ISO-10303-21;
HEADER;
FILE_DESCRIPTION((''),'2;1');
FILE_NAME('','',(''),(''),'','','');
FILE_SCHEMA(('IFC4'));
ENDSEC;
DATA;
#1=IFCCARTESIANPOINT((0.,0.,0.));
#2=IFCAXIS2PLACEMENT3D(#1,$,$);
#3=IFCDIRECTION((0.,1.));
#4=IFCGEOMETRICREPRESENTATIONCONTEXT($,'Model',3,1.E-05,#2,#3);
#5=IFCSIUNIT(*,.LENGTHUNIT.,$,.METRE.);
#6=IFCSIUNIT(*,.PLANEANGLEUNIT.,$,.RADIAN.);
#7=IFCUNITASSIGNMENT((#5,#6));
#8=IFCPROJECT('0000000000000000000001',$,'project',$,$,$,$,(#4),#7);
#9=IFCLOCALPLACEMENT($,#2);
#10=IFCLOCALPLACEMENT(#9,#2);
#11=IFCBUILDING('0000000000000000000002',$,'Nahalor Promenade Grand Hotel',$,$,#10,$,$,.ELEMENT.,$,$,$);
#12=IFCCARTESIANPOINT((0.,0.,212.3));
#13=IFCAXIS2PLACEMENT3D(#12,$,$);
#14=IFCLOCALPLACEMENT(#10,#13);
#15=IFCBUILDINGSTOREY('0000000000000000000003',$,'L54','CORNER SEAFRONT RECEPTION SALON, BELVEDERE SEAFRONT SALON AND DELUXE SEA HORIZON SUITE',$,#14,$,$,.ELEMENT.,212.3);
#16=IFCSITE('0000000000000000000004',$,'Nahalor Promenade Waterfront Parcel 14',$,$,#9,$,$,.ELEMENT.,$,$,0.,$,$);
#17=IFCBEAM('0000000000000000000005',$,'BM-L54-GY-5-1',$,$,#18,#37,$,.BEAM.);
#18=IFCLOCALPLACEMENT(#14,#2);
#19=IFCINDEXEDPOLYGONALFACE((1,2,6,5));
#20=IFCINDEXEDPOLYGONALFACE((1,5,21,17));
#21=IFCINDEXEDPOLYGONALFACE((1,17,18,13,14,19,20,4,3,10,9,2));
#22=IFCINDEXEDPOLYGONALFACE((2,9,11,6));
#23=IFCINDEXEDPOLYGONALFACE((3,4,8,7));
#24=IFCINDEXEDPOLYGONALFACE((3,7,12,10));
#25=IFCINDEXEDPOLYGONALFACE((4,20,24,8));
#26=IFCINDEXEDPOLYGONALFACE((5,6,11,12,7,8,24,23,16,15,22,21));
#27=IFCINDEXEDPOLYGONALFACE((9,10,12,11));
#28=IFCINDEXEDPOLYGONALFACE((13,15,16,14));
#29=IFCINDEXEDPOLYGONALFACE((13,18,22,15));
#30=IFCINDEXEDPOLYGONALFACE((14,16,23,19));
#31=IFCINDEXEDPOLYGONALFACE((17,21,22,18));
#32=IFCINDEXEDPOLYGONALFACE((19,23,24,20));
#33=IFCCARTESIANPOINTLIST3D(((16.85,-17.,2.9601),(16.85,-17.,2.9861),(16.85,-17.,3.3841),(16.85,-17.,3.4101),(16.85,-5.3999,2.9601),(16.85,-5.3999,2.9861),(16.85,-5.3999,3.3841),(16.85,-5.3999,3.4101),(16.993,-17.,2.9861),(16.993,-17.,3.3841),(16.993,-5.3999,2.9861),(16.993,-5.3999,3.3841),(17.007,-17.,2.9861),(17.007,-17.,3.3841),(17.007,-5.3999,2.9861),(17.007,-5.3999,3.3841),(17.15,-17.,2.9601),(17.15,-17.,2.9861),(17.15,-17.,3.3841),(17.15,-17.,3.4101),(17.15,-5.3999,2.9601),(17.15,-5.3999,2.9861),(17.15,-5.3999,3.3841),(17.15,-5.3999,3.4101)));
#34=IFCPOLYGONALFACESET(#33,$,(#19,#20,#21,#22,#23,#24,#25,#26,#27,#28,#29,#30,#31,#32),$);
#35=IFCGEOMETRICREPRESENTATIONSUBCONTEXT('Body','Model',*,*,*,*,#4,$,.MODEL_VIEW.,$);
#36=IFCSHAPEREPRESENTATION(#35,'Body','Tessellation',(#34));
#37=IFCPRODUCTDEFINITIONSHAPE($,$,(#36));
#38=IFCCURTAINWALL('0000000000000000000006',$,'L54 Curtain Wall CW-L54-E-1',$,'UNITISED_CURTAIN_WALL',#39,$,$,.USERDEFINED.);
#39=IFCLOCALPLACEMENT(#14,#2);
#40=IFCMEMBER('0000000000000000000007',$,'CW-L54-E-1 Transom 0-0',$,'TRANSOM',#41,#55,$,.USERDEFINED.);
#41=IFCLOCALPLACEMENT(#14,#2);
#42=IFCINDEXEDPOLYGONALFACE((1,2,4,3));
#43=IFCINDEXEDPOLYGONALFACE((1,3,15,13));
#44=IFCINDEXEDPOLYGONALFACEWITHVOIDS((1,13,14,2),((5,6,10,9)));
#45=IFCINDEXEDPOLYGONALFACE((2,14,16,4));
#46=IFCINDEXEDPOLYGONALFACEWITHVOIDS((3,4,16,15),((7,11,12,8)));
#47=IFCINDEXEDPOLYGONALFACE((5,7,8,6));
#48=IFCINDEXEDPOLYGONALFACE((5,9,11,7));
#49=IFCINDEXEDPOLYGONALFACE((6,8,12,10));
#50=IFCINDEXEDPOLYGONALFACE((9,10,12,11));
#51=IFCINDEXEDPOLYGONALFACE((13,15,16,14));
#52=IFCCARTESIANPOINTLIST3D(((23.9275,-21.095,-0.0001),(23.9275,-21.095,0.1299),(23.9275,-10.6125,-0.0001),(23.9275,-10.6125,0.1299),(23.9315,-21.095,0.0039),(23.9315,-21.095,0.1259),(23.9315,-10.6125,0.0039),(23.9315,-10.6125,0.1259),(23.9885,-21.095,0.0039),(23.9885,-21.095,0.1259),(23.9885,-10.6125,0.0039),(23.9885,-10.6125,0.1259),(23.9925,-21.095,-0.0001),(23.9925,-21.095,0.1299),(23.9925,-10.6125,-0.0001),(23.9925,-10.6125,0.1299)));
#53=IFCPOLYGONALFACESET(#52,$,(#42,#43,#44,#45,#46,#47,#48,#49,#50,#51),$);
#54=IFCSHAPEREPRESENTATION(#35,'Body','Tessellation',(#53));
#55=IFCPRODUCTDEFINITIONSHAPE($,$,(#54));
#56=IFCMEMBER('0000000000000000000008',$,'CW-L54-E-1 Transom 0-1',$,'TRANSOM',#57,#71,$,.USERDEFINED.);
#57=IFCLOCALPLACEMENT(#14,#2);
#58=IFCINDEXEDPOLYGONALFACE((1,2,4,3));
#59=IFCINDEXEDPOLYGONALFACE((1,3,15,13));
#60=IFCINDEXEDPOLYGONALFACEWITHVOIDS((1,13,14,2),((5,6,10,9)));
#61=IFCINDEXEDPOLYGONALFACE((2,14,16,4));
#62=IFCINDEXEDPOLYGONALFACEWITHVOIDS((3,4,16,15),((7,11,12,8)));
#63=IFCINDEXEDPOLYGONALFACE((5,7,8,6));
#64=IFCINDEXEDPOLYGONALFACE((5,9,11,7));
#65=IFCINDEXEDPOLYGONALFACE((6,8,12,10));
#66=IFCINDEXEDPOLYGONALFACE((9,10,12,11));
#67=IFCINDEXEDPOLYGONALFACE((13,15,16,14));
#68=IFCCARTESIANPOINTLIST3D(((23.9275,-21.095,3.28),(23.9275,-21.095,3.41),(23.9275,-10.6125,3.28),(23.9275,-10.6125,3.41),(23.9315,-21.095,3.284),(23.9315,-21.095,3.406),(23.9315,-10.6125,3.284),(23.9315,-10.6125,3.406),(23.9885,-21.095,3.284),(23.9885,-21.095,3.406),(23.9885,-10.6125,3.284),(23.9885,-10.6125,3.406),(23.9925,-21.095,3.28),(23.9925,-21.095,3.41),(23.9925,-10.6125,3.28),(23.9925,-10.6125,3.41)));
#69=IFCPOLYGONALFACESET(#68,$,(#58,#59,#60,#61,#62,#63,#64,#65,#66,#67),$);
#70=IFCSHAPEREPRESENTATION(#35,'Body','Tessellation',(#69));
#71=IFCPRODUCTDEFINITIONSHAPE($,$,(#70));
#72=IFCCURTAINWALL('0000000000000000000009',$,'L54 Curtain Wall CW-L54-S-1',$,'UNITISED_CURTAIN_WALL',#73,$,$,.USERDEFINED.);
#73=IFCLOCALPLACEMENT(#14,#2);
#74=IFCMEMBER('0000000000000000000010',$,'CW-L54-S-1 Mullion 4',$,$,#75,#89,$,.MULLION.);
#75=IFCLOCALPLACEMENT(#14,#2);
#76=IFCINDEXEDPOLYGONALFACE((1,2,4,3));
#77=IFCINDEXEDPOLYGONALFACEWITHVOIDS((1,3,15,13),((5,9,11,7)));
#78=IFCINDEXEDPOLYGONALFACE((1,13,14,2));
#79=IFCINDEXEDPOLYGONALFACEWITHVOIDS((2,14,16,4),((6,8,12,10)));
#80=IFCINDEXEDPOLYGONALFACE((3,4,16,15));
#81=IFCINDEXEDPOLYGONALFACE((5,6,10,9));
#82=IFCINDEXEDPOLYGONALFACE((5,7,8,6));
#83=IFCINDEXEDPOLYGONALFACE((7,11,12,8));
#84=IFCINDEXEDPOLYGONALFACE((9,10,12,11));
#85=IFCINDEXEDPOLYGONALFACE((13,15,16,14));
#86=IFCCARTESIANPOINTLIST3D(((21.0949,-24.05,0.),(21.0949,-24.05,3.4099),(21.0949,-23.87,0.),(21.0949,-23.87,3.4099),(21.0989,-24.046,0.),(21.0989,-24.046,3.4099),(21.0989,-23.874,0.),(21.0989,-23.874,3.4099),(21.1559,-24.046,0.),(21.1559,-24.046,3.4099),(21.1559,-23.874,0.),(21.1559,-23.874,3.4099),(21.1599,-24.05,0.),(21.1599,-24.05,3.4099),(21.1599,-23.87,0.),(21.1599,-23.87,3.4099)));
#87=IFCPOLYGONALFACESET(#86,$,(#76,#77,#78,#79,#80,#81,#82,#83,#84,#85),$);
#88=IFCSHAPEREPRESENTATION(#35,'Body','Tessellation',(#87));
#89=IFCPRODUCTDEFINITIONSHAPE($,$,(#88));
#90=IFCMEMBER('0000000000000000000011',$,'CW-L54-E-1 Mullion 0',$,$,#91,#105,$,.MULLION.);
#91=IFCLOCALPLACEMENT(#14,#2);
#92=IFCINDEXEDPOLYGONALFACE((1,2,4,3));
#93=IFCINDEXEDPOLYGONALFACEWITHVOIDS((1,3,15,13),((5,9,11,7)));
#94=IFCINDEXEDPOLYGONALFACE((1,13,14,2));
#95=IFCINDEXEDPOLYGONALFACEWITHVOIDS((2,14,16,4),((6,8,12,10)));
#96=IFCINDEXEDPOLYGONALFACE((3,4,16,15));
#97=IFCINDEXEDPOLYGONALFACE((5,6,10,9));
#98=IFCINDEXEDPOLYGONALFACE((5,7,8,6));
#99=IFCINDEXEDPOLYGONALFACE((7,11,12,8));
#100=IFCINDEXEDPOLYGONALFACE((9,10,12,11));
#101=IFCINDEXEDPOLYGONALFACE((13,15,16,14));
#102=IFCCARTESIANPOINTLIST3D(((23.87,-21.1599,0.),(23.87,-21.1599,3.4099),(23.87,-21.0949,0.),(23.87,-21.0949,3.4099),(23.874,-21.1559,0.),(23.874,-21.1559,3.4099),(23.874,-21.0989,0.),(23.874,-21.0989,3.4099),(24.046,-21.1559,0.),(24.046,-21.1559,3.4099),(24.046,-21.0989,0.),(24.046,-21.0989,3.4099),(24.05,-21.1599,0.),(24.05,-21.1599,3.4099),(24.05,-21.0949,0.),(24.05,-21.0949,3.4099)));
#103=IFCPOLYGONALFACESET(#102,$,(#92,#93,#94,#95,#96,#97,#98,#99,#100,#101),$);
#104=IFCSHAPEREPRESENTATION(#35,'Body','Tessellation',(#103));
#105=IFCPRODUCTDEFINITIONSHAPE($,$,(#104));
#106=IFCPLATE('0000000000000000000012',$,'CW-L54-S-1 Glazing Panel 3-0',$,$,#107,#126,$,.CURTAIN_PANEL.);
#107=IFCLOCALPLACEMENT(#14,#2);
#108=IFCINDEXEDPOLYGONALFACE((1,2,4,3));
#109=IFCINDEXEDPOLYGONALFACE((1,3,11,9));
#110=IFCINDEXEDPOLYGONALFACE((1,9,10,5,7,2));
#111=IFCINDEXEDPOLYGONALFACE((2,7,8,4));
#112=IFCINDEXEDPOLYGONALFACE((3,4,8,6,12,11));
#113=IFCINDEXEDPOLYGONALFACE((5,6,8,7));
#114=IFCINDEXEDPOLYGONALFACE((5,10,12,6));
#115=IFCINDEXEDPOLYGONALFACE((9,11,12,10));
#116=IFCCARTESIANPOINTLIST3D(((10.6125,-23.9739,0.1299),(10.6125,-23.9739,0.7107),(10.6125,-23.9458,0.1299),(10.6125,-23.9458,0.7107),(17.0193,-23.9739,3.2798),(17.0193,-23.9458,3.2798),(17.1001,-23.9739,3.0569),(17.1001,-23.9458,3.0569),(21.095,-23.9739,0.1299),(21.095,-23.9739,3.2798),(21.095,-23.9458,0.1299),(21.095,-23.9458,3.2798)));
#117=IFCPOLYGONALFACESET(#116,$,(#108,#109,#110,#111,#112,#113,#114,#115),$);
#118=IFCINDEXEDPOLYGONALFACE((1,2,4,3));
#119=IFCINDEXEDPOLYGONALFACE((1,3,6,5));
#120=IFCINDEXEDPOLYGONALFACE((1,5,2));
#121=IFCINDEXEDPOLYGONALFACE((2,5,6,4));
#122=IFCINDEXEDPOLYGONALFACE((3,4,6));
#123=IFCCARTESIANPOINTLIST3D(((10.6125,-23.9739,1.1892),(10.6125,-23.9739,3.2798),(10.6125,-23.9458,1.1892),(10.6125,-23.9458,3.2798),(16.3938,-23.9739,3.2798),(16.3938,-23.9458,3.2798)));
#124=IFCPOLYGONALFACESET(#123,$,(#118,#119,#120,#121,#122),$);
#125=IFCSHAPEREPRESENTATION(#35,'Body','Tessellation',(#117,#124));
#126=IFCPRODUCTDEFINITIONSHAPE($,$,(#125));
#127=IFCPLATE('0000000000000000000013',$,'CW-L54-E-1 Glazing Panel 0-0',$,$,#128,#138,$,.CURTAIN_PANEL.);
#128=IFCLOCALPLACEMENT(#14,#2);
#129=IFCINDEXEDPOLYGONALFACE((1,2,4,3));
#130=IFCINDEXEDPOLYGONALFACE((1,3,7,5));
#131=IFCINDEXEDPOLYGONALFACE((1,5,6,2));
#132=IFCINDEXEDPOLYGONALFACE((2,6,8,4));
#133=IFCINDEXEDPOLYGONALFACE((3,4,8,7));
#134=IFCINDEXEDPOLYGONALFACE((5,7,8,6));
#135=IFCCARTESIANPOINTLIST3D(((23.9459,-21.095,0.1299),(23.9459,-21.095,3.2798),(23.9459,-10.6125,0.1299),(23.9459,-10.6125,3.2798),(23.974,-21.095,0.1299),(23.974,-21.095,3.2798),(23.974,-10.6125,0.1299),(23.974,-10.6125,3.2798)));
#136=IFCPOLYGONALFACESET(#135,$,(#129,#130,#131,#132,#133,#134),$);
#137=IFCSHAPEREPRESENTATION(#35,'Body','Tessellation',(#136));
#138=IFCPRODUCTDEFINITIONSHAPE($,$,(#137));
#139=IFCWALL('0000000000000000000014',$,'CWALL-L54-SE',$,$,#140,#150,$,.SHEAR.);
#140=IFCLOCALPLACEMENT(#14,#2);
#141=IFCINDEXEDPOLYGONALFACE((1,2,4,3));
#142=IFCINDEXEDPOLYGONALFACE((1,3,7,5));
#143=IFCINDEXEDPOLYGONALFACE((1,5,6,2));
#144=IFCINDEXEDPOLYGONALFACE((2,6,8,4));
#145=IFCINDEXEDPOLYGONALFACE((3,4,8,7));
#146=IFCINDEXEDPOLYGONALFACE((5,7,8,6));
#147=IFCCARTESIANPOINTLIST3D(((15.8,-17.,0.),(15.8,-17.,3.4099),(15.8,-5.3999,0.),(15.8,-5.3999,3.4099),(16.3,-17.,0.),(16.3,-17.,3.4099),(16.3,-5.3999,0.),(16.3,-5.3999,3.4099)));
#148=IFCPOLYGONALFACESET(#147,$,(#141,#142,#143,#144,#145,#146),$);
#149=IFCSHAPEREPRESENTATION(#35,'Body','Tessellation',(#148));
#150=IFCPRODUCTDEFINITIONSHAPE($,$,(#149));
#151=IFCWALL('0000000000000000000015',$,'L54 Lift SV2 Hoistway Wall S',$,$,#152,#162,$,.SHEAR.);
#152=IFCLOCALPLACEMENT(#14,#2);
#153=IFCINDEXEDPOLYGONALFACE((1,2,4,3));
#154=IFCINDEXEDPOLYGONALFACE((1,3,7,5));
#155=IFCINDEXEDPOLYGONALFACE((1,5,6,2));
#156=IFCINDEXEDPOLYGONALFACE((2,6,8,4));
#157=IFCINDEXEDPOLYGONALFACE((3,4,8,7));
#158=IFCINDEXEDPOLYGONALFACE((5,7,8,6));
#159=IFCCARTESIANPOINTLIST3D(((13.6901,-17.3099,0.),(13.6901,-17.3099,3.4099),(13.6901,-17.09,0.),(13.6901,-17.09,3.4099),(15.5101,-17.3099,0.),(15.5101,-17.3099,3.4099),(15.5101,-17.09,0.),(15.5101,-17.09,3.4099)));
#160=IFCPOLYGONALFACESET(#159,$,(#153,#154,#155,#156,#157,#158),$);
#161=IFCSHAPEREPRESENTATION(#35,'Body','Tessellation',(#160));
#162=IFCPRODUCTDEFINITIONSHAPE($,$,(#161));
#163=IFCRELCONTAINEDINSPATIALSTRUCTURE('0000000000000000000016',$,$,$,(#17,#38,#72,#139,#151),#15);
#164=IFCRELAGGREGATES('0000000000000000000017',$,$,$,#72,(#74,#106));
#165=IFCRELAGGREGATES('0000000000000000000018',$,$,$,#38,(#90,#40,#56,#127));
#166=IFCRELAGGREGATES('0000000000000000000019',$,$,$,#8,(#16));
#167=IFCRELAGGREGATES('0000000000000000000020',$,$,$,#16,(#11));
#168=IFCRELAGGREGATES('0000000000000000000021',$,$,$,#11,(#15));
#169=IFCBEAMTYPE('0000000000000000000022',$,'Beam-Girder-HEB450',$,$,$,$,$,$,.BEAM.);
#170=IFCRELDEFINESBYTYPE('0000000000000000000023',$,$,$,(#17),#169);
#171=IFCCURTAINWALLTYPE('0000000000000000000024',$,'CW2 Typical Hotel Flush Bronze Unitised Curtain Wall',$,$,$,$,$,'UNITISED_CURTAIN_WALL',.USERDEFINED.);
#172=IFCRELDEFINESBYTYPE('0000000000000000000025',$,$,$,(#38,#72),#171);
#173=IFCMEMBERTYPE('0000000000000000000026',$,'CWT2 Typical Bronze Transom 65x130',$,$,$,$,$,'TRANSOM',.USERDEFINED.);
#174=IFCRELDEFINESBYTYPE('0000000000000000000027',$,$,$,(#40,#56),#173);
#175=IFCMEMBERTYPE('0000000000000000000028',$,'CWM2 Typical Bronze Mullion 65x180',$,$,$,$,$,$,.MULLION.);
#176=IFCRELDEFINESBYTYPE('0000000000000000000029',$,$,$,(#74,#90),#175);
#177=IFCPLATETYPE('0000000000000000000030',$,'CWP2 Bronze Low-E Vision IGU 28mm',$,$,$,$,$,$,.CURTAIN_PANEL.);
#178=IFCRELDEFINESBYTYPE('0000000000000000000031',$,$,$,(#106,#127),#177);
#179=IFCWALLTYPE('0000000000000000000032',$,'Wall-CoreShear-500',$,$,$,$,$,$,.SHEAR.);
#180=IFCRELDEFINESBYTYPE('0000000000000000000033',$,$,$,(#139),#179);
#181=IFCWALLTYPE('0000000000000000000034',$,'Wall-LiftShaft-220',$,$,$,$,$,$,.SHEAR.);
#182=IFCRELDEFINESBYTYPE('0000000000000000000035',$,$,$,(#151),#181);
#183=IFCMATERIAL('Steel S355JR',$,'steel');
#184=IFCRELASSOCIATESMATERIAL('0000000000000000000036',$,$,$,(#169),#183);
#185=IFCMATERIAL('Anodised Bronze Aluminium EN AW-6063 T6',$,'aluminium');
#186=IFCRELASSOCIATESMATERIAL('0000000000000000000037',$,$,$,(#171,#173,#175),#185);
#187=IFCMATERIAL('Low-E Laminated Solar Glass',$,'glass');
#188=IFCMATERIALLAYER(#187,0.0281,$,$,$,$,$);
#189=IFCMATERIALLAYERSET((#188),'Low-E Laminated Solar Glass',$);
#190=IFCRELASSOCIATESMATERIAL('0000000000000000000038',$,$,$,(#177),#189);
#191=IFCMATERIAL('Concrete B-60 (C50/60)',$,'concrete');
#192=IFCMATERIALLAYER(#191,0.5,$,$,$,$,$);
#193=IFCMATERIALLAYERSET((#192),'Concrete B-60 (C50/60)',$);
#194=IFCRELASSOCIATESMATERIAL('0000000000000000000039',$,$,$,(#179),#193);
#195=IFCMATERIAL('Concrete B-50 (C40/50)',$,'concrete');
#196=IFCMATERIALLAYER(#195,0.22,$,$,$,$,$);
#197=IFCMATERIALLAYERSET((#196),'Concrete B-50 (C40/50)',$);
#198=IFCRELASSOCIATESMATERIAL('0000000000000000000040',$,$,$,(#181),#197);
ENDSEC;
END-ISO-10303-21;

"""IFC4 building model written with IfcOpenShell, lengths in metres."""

from ifc_helpers import new_model, si_unit, direction, frame, frame_2d, origin, origin_2d, place, context, subcontext, project, spatial, polyline, rectangle, hollow_rectangle, i_section, outline, extrude, source, transform, mapped, material, layer, layer_set, material_profile, profile_set, type_object, element, aggregate, save


model = new_model("IFC4")

# Units and contexts
model_context = context("Model", 3, precision=1e-05, world=origin(), true_north=direction((0.0, 1.0)))
body_context = subcontext(model_context, "Body", "Model", "MODEL_VIEW")
ifc_project = project(units=[si_unit("LENGTHUNIT", "METRE"), si_unit("PLANEANGLEUNIT", "RADIAN")], contexts=[model_context])

# Site, building, storey
site_placement = place(None, origin())
site = spatial("IfcSite", under=ifc_project, at=site_placement, Name="Nahalor Promenade Waterfront Parcel 14", CompositionType="ELEMENT", RefElevation=0.0)
building_placement = place(site_placement, origin())
building = spatial("IfcBuilding", under=site, at=building_placement, Name="Nahalor Promenade Grand Hotel", CompositionType="ELEMENT")
storey_placement = place(building_placement, frame((0.0, 0.0, 212.3)))
storey = spatial("IfcBuildingStorey", under=building, at=storey_placement, Name="L54", Description="CORNER SEAFRONT RECEPTION SALON, BELVEDERE SEAFRONT SALON AND DELUXE SEA HORIZON SUITE", CompositionType="ELEMENT", Elevation=212.3)

# Shared definitions
ifc_material_1 = material(Name="Concrete B-60 (C50/60)", Category="concrete")
ifc_material_2 = material(Name="Steel S355JR", Category="steel")

# Beam
ifc_material_profile_1 = material_profile(ifc_material_2, i_section(OverallWidth=0.3, OverallDepth=0.45, WebThickness=0.014, FlangeThickness=0.026, at=origin_2d()), Name="HEB 450")
ifc_profile_set_1 = profile_set([ifc_material_profile_1], Name="Steel S355JR")
beam_type_1 = type_object("IfcBeamType", Name="Beam-Girder-HEB450", PredefinedType="BEAM", material=ifc_profile_set_1)
shared_shape_1 = source(origin(), body_context, "Body", "SweptSolid", [
    extrude(i_section(OverallWidth=0.3, OverallDepth=0.45, WebThickness=0.014, FlangeThickness=0.026, at=origin_2d()), origin(), (0.0, 0.0, 1.0), 11.6001),
])
beam_1_placement = place(storey_placement, frame((17.0, -17.0, 3.1851), z_axis=(0.0, 1.0, 0.0), x_axis=(-1.0, 0.0, 0.0)))
element("IfcBeam", 1, at=beam_1_placement, inside=storey, type_object=beam_type_1, Name="BM-L54-GY-5-1", PredefinedType="BEAM", context=body_context, shape_type="MappedRepresentation", body=[
    mapped(shared_shape_1, transform((0.0, 0.0, 0.0), scale=1.0)),
])

# Curtain wall, members
ifc_material_3 = material(Name="Anodised Bronze Aluminium EN AW-6063 T6", Category="aluminium")
curtain_wall_type = type_object("IfcCurtainWallType", Name="CW2 Typical Hotel Flush Bronze Unitised Curtain Wall", ElementType="UNITISED_CURTAIN_WALL", PredefinedType="USERDEFINED", material=ifc_material_3)
curtain_wall_1_placement = place(storey_placement, origin())
curtain_wall_1 = element("IfcCurtainWall", 2, at=curtain_wall_1_placement, inside=storey, type_object=curtain_wall_type, Name="L54 Curtain Wall CW-L54-E-1", ObjectType="UNITISED_CURTAIN_WALL", PredefinedType="USERDEFINED")
ifc_material_profile_2 = material_profile(ifc_material_3, hollow_rectangle(XDim=0.065, YDim=0.13, WallThickness=0.004, at=origin_2d()), Name="CWT 65x130x4")
ifc_profile_set_2 = profile_set([ifc_material_profile_2], Name="Anodised Bronze Aluminium EN AW-6063 T6")
member_type_1 = type_object("IfcMemberType", Name="CWT2 Typical Bronze Transom 65x130", ElementType="TRANSOM", PredefinedType="USERDEFINED", material=ifc_profile_set_2)
shared_shape_2 = source(origin(), body_context, "Body", "SweptSolid", [
    extrude(hollow_rectangle(XDim=0.065, YDim=0.13, WallThickness=0.004, at=origin_2d()), origin(), (0.0, 0.0, 1.0), 10.4824),
])
member_1_placement = place(storey_placement, frame((23.96, -21.095, 0.0649), z_axis=(0.0, 1.0, 0.0), x_axis=(-1.0, 0.0, 0.0)))
member_1 = element("IfcMember", 3, at=member_1_placement, type_object=member_type_1, Name="CW-L54-E-1 Transom 0-0", ObjectType="TRANSOM", PredefinedType="USERDEFINED", context=body_context, shape_type="MappedRepresentation", body=[
    mapped(shared_shape_2, transform((0.0, 0.0, 0.0), scale=1.0)),
])
member_2_placement = place(storey_placement, frame((23.96, -21.095, 3.345), z_axis=(0.0, 1.0, 0.0), x_axis=(-1.0, 0.0, 0.0)))
member_2 = element("IfcMember", 4, at=member_2_placement, type_object=member_type_1, Name="CW-L54-E-1 Transom 0-1", ObjectType="TRANSOM", PredefinedType="USERDEFINED", context=body_context, shape_type="MappedRepresentation", body=[
    mapped(shared_shape_2, transform((0.0, 0.0, 0.0), scale=1.0)),
])

# Curtain wall, member
curtain_wall_2_placement = place(storey_placement, origin())
curtain_wall_2 = element("IfcCurtainWall", 5, at=curtain_wall_2_placement, inside=storey, type_object=curtain_wall_type, Name="L54 Curtain Wall CW-L54-S-1", ObjectType="UNITISED_CURTAIN_WALL", PredefinedType="USERDEFINED")
ifc_material_profile_3 = material_profile(ifc_material_3, hollow_rectangle(XDim=0.065, YDim=0.18, WallThickness=0.004, at=origin_2d()), Name="CWM 65x180x4")
ifc_profile_set_3 = profile_set([ifc_material_profile_3], Name="Anodised Bronze Aluminium EN AW-6063 T6")
member_type_2 = type_object("IfcMemberType", Name="CWM2 Typical Bronze Mullion 65x180", PredefinedType="MULLION", material=ifc_profile_set_3)
shared_shape_3 = source(origin(), body_context, "Body", "SweptSolid", [
    extrude(hollow_rectangle(XDim=0.065, YDim=0.18, WallThickness=0.004, at=origin_2d()), origin(), (0.0, 0.0, 1.0), 3.4099),
])
member_3_placement = place(storey_placement, frame((21.1274, -23.96, 0.0), z_axis=(0.0, 0.0, 1.0), x_axis=(1.0, 0.0, 0.0)))
member_3 = element("IfcMember", 6, at=member_3_placement, type_object=member_type_2, Name="CW-L54-S-1 Mullion 4", PredefinedType="MULLION", context=body_context, shape_type="MappedRepresentation", body=[
    mapped(shared_shape_3, transform((0.0, 0.0, 0.0), scale=1.0)),
])

# Member
member_4_placement = place(storey_placement, frame((23.96, -21.1274, 0.0), z_axis=(0.0, 0.0, 1.0), x_axis=(0.0, 1.0, 0.0)))
member_4 = element("IfcMember", 7, at=member_4_placement, type_object=member_type_2, Name="CW-L54-E-1 Mullion 0", PredefinedType="MULLION", context=body_context, shape_type="MappedRepresentation", body=[
    mapped(shared_shape_3, transform((0.0, 0.0, 0.0), scale=1.0)),
])

# Plates
ifc_material_4 = material(Name="Low-E Laminated Solar Glass", Category="glass")
ifc_layer_1 = layer(ifc_material_4, 0.0281)
ifc_layer_set_1 = layer_set([ifc_layer_1], Name="Low-E Laminated Solar Glass")
plate_type = type_object("IfcPlateType", Name="CWP2 Bronze Low-E Vision IGU 28mm", PredefinedType="CURTAIN_PANEL", material=ifc_layer_set_1)
plate_1_placement = place(storey_placement, frame((15.8538, -23.96, 0.1299), z_axis=(0.0, 0.0, 1.0), x_axis=(1.0, 0.0, 0.0)))
plate_1 = element("IfcPlate", 8, at=plate_1_placement, type_object=plate_type, Name="CW-L54-S-1 Glazing Panel 3-0", PredefinedType="CURTAIN_PANEL", context=body_context, shape_type="SweptSolid", body=[
    extrude(outline(polyline([(5.2412, 0.0), (5.2412, 3.1499), (1.1655, 3.1499), (1.2463, 2.927), (-5.2412, 0.5808), (-5.2412, 0.0), (5.2412, 0.0)])), frame((0.0, 0.0142, 0.0), z_axis=(0.0, -1.0, 0.0), x_axis=(1.0, 0.0, 0.0)), (0.0, 0.0, 1.0), 0.0281),
    extrude(outline(polyline([(0.54, 3.1499), (-5.2412, 3.1499), (-5.2412, 1.0593), (0.54, 3.1499)])), frame((0.0, 0.0142, 0.0), z_axis=(0.0, -1.0, 0.0), x_axis=(1.0, 0.0, 0.0)), (0.0, 0.0, 1.0), 0.0281),
])
aggregate(curtain_wall_2, [member_3, plate_1])
shared_shape_4 = source(origin(), body_context, "Body", "SweptSolid", [
    extrude(rectangle(XDim=10.4824, YDim=0.0281, at=origin_2d()), origin(), (0.0, 0.0, 1.0), 3.1499),
])
plate_2_placement = place(storey_placement, frame((23.96, -15.8538, 0.1299), z_axis=(0.0, 0.0, 1.0), x_axis=(0.0, 1.0, 0.0)))
plate_2 = element("IfcPlate", 9, at=plate_2_placement, type_object=plate_type, Name="CW-L54-E-1 Glazing Panel 0-0", PredefinedType="CURTAIN_PANEL", context=body_context, shape_type="MappedRepresentation", body=[
    mapped(shared_shape_4, transform((0.0, 0.0, 0.0), scale=1.0)),
])
aggregate(curtain_wall_1, [member_4, member_1, member_2, plate_2])

# Walls
ifc_layer_2 = layer(ifc_material_1, 0.5)
ifc_layer_set_2 = layer_set([ifc_layer_2], Name="Concrete B-60 (C50/60)")
wall_type_1 = type_object("IfcWallType", Name="Wall-CoreShear-500", PredefinedType="SHEAR", material=ifc_layer_set_2)
shared_shape_5 = source(origin(), body_context, "Body", "SweptSolid", [
    extrude(rectangle(XDim=11.6001, YDim=0.5, at=frame_2d((5.8, 0.0))), origin(), (0.0, 0.0, 1.0), 3.4099),
])
wall_1_placement = place(storey_placement, frame((16.05, -17.0, 0.0), z_axis=(0.0, 0.0, 1.0), x_axis=(0.0, 1.0, 0.0)))
element("IfcWall", 10, at=wall_1_placement, inside=storey, type_object=wall_type_1, Name="CWALL-L54-SE", PredefinedType="SHEAR", context=body_context, shape_type="MappedRepresentation", body=[
    mapped(shared_shape_5, transform((0.0, 0.0, 0.0), scale=1.0)),
])
ifc_material_5 = material(Name="Concrete B-50 (C40/50)", Category="concrete")
ifc_layer_3 = layer(ifc_material_5, 0.22)
ifc_layer_set_3 = layer_set([ifc_layer_3], Name="Concrete B-50 (C40/50)")
wall_type_2 = type_object("IfcWallType", Name="Wall-LiftShaft-220", PredefinedType="SHEAR", material=ifc_layer_set_3)
shared_shape_6 = source(origin(), body_context, "Body", "SweptSolid", [
    extrude(rectangle(XDim=1.8201, YDim=0.22, at=frame_2d((0.9102, 0.0))), origin(), (0.0, 0.0, 1.0), 3.4099),
])
wall_2_placement = place(storey_placement, frame((13.6899, -17.2, 0.0), z_axis=(0.0, 0.0, 1.0), x_axis=(1.0, 0.0, 0.0)))
element("IfcWall", 11, at=wall_2_placement, inside=storey, type_object=wall_type_2, Name="L54 Lift SV2 Hoistway Wall S", PredefinedType="SHEAR", context=body_context, shape_type="MappedRepresentation", body=[
    mapped(shared_shape_6, transform((0.0, 0.0, 0.0), scale=1.0)),
])

save(model, "model.ifc")
